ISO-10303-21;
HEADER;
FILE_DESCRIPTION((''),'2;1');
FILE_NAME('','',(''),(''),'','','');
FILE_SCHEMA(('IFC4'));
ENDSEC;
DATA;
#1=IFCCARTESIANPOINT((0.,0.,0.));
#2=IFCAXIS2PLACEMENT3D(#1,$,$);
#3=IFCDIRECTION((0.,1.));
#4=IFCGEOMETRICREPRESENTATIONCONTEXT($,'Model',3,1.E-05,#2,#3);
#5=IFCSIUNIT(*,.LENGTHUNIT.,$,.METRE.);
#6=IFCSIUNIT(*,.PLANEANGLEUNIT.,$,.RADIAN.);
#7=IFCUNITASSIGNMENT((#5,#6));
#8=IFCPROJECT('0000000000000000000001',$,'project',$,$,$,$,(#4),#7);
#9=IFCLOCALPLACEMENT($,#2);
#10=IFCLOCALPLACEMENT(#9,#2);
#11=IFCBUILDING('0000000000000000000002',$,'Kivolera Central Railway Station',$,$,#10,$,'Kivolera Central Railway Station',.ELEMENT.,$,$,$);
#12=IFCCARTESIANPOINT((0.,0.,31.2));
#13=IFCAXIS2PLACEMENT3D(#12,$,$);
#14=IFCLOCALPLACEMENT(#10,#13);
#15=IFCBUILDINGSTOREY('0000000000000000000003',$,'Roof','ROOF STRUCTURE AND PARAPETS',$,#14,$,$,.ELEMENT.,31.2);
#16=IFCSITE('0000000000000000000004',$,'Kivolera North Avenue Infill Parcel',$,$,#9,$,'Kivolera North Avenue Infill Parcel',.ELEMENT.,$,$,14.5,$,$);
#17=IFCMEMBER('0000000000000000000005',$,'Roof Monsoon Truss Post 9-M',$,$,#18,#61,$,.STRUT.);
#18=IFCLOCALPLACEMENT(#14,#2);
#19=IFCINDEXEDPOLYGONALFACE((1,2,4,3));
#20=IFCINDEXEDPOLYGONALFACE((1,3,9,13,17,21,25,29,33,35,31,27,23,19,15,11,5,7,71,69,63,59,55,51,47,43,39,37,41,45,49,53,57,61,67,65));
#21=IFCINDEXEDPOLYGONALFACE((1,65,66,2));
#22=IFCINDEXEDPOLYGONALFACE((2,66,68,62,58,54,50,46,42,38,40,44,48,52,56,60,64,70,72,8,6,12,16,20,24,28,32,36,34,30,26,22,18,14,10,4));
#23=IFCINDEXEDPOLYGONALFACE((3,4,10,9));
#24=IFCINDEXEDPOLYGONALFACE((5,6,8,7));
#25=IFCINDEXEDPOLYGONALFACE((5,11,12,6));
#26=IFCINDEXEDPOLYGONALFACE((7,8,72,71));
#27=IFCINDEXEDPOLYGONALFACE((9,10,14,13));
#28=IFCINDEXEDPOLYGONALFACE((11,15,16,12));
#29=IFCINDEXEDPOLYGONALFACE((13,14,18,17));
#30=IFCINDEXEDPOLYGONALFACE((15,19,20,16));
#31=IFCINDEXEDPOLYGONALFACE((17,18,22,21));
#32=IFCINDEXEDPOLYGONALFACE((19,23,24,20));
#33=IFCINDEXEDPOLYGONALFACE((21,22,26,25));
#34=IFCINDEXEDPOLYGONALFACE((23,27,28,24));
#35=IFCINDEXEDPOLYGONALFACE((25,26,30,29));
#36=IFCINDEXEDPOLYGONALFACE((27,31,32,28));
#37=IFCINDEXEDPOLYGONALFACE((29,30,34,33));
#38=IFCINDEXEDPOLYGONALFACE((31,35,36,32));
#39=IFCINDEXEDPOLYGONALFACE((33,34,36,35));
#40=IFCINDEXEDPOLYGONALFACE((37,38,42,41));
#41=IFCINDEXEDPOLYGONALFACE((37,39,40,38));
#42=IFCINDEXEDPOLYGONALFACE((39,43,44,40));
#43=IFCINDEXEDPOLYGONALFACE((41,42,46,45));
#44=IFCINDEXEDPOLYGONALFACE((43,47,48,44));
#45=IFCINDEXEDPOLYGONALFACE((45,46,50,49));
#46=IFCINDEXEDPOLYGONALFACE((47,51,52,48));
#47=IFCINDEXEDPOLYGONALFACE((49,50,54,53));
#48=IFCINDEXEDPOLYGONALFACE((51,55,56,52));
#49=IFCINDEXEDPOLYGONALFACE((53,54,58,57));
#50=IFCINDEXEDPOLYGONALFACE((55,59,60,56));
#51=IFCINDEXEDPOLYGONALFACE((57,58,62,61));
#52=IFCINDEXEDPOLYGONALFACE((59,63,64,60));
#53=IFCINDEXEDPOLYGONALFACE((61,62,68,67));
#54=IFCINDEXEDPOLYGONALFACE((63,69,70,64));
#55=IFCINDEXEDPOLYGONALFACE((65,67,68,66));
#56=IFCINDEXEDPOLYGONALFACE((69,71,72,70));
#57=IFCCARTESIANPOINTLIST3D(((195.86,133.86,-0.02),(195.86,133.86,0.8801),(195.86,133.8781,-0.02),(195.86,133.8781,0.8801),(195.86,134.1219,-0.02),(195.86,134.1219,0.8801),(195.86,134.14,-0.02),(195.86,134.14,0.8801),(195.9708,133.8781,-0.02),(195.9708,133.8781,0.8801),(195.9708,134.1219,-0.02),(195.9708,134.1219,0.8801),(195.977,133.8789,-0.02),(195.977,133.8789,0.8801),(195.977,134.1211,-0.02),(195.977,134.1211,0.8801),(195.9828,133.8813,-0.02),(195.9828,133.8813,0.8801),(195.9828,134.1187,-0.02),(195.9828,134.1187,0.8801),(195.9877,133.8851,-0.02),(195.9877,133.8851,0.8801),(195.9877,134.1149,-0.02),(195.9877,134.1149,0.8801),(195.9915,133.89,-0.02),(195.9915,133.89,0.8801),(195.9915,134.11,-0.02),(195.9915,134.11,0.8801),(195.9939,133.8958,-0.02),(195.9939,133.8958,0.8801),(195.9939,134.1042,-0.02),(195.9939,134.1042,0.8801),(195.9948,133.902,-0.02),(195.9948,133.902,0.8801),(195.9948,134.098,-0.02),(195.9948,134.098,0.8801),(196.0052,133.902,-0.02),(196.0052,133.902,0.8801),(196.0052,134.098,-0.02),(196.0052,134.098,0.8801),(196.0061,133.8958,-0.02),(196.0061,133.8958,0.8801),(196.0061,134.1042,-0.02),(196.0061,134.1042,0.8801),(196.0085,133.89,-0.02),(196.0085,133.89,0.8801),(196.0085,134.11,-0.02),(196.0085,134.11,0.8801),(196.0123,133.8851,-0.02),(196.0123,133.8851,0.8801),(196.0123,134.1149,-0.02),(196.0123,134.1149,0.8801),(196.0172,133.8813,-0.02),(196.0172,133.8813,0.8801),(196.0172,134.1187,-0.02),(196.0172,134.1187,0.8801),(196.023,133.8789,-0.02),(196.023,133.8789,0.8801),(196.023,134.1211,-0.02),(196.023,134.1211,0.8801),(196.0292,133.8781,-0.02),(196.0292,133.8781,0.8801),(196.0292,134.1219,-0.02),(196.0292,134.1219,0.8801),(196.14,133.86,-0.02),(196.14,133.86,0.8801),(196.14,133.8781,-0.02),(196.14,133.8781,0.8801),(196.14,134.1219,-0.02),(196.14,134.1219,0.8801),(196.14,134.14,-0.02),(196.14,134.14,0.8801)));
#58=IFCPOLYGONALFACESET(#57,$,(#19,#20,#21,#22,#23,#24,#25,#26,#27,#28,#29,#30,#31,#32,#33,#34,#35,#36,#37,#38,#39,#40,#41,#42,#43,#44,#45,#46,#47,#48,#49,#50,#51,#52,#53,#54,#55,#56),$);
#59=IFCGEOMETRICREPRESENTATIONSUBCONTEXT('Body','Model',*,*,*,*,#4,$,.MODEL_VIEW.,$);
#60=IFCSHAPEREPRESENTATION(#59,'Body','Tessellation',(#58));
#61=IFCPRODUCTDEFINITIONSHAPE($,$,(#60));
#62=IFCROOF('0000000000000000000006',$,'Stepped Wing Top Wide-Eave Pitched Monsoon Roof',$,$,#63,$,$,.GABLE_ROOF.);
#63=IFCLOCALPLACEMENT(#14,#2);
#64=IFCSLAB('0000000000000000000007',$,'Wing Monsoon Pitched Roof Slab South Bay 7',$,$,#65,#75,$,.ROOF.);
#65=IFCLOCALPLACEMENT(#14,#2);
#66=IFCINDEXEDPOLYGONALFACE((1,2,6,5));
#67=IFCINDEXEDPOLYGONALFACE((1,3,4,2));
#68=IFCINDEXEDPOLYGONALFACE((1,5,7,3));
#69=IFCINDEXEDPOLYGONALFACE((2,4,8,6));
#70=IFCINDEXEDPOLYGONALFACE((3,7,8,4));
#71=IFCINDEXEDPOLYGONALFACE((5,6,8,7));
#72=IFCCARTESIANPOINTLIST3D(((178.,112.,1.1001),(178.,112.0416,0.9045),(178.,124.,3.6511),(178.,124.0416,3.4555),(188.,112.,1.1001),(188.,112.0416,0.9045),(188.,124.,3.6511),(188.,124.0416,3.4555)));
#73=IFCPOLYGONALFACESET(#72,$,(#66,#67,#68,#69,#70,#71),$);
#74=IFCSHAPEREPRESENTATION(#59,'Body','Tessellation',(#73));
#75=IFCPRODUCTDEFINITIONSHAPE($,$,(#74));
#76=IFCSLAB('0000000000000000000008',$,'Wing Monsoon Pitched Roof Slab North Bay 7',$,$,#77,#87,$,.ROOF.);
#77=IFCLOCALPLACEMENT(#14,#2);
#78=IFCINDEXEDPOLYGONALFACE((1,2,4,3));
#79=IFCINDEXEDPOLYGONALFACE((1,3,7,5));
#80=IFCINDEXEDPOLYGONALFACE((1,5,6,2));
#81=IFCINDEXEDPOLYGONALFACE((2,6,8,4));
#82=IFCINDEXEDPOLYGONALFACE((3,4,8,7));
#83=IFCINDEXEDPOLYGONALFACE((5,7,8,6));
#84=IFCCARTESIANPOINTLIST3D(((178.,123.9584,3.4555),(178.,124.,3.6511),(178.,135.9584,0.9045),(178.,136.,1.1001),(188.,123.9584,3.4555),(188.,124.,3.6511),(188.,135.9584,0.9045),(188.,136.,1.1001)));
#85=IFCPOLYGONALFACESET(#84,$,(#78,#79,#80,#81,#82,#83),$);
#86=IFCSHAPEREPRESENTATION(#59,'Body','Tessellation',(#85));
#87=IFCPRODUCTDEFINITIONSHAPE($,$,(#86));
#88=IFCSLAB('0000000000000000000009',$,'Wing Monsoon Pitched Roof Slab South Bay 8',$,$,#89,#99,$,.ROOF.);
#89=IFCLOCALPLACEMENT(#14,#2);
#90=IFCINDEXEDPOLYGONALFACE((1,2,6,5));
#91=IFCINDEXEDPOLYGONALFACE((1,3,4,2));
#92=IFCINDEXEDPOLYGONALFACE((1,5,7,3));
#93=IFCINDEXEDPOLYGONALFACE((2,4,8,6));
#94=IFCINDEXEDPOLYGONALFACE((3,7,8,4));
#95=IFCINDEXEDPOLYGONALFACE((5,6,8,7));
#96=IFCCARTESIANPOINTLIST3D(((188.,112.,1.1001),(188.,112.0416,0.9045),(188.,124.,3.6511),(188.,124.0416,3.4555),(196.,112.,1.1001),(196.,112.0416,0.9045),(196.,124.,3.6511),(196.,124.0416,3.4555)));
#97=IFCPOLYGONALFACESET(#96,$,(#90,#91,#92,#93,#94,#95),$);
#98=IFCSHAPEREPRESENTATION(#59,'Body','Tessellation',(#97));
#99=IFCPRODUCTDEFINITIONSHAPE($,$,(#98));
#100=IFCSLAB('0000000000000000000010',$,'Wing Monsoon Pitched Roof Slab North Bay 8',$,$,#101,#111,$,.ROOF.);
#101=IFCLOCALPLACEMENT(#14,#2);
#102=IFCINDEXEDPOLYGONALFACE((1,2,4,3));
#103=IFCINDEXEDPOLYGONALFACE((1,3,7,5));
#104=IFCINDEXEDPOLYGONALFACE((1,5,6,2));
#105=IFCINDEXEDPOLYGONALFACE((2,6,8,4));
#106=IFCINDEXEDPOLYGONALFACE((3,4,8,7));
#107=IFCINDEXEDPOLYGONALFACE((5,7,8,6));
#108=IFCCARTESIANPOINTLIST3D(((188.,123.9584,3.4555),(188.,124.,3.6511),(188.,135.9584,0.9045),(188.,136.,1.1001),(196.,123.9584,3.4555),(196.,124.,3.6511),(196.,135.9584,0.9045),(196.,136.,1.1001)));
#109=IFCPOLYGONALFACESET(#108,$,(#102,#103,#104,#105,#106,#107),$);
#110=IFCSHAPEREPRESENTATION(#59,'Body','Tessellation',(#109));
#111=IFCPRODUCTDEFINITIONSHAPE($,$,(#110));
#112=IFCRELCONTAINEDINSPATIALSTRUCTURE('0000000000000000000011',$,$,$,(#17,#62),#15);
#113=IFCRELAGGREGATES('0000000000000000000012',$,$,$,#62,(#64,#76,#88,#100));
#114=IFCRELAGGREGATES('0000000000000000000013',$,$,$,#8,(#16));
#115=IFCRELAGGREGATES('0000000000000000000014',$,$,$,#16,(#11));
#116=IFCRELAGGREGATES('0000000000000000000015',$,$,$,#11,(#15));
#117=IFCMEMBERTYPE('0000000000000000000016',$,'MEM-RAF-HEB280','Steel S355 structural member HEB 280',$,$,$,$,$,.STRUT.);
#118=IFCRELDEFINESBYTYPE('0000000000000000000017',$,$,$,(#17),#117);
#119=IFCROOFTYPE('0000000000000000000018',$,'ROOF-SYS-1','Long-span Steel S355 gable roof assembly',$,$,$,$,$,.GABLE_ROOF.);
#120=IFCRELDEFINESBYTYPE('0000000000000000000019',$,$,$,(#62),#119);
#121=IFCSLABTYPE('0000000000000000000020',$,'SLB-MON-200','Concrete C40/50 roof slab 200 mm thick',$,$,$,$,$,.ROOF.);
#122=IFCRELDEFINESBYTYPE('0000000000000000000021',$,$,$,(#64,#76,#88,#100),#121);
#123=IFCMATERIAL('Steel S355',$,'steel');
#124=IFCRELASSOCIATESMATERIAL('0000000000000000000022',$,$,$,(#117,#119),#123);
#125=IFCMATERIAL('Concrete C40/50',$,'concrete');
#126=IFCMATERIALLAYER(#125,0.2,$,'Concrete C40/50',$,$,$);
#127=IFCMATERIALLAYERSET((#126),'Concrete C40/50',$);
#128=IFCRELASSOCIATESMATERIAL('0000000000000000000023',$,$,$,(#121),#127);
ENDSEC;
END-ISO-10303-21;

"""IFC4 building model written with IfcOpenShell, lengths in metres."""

from ifc_helpers import new_model, si_unit, direction, frame, origin, origin_2d, place, context, subcontext, project, spatial, polyline, i_section, outline, extrude, material, layer, layer_set, material_profile, profile_set, type_object, element, aggregate, save


model = new_model("IFC4")

# Units and contexts
model_context = context("Model", 3, precision=1e-05, world=origin(), true_north=direction((0.0, 1.0)))
body_context = subcontext(model_context, "Body", "Model", "MODEL_VIEW")
ifc_project = project(units=[si_unit("LENGTHUNIT", "METRE"), si_unit("PLANEANGLEUNIT", "RADIAN")], contexts=[model_context])

# Site, building, storey
site_placement = place(None, origin())
site = spatial("IfcSite", under=ifc_project, at=site_placement, Name="Kivolera North Avenue Infill Parcel", LongName="Kivolera North Avenue Infill Parcel", CompositionType="ELEMENT", RefElevation=14.5)
building_placement = place(site_placement, origin())
building = spatial("IfcBuilding", under=site, at=building_placement, Name="Kivolera Central Railway Station", LongName="Kivolera Central Railway Station", CompositionType="ELEMENT")
storey_placement = place(building_placement, frame((0.0, 0.0, 31.2)))
storey = spatial("IfcBuildingStorey", under=building, at=storey_placement, Name="Roof", Description="ROOF STRUCTURE AND PARAPETS", CompositionType="ELEMENT", Elevation=31.2)

# Shared definitions
ifc_material_1 = material(Name="Steel S355", Category="steel")

# Member
ifc_material_profile_1 = material_profile(ifc_material_1, i_section(OverallWidth=0.28, OverallDepth=0.28, WebThickness=0.0105, FlangeThickness=0.0181, FilletRadius=0.0239, at=origin_2d()), Name="HEB 280")
ifc_profile_set_1 = profile_set([ifc_material_profile_1], Name="Steel S355")
member_type_1 = type_object("IfcMemberType", Name="MEM-RAF-HEB280", Description="Steel S355 structural member HEB 280", PredefinedType="STRUT", material=ifc_profile_set_1)
member_1_placement = place(storey_placement, frame((196.0, 134.0, -0.02), z_axis=(0.0, 0.0, 1.0), x_axis=(1.0, 0.0, 0.0)))
element("IfcMember", 1, at=member_1_placement, inside=storey, type_object=member_type_1, Name="Roof Monsoon Truss Post 9-M", PredefinedType="STRUT", context=body_context, shape_type="SweptSolid", body=[
    extrude(i_section(OverallWidth=0.28, OverallDepth=0.28, WebThickness=0.0105, FlangeThickness=0.0181, FilletRadius=0.0239, at=origin_2d()), origin(), (0.0, 0.0, 1.0), 0.9001),
])

# Roof, slabs
roof_type = type_object("IfcRoofType", Name="ROOF-SYS-1", Description="Long-span Steel S355 gable roof assembly", PredefinedType="GABLE_ROOF", material=ifc_material_1)
roof_placement = place(storey_placement, origin())
roof = element("IfcRoof", 2, at=roof_placement, inside=storey, type_object=roof_type, Name="Stepped Wing Top Wide-Eave Pitched Monsoon Roof", PredefinedType="GABLE_ROOF")
ifc_material_2 = material(Name="Concrete C40/50", Category="concrete")
ifc_layer = layer(ifc_material_2, 0.2, Name="Concrete C40/50")
ifc_layer_set = layer_set([ifc_layer], Name="Concrete C40/50")
slab_type = type_object("IfcSlabType", Name="SLB-MON-200", Description="Concrete C40/50 roof slab 200 mm thick", PredefinedType="ROOF", material=ifc_layer_set)
slab_1_placement = place(storey_placement, frame((178.0, 112.0, 1.1001), z_axis=(0.0, -0.207939, 0.978142), x_axis=(1.0, 0.0, 0.0)))
slab_1 = element("IfcSlab", 3, at=slab_1_placement, type_object=slab_type, Name="Wing Monsoon Pitched Roof Slab South Bay 7", PredefinedType="ROOF", context=body_context, shape_type="SweptSolid", body=[
    extrude(outline(polyline([(0.0, 0.0), (10.0, 0.0), (10.0, 12.2682), (0.0, 12.2682), (0.0, 0.0)])), origin(), (0.0, 0.0, -1.0), 0.2),
])
slab_2_placement = place(storey_placement, frame((178.0, 124.0, 3.6511), z_axis=(0.0, 0.207939, 0.978142), x_axis=(1.0, 0.0, 0.0)))
slab_2 = element("IfcSlab", 4, at=slab_2_placement, type_object=slab_type, Name="Wing Monsoon Pitched Roof Slab North Bay 7", PredefinedType="ROOF", context=body_context, shape_type="SweptSolid", body=[
    extrude(outline(polyline([(0.0, 0.0), (10.0, 0.0), (10.0, 12.2682), (0.0, 12.2682), (0.0, 0.0)])), origin(), (0.0, 0.0, -1.0), 0.2),
])
slab_3_placement = place(storey_placement, frame((188.0, 112.0, 1.1001), z_axis=(0.0, -0.207939, 0.978142), x_axis=(1.0, 0.0, 0.0)))
slab_3 = element("IfcSlab", 5, at=slab_3_placement, type_object=slab_type, Name="Wing Monsoon Pitched Roof Slab South Bay 8", PredefinedType="ROOF", context=body_context, shape_type="SweptSolid", body=[
    extrude(outline(polyline([(0.0, 0.0), (8.0, 0.0), (8.0, 12.2682), (0.0, 12.2682), (0.0, 0.0)])), origin(), (0.0, 0.0, -1.0), 0.2),
])
slab_4_placement = place(storey_placement, frame((188.0, 124.0, 3.6511), z_axis=(0.0, 0.207939, 0.978142), x_axis=(1.0, 0.0, 0.0)))
slab_4 = element("IfcSlab", 6, at=slab_4_placement, type_object=slab_type, Name="Wing Monsoon Pitched Roof Slab North Bay 8", PredefinedType="ROOF", context=body_context, shape_type="SweptSolid", body=[
    extrude(outline(polyline([(0.0, 0.0), (8.0, 0.0), (8.0, 12.2682), (0.0, 12.2682), (0.0, 0.0)])), origin(), (0.0, 0.0, -1.0), 0.2),
])
aggregate(roof, [slab_1, slab_2, slab_3, slab_4])

save(model, "model.ifc")
